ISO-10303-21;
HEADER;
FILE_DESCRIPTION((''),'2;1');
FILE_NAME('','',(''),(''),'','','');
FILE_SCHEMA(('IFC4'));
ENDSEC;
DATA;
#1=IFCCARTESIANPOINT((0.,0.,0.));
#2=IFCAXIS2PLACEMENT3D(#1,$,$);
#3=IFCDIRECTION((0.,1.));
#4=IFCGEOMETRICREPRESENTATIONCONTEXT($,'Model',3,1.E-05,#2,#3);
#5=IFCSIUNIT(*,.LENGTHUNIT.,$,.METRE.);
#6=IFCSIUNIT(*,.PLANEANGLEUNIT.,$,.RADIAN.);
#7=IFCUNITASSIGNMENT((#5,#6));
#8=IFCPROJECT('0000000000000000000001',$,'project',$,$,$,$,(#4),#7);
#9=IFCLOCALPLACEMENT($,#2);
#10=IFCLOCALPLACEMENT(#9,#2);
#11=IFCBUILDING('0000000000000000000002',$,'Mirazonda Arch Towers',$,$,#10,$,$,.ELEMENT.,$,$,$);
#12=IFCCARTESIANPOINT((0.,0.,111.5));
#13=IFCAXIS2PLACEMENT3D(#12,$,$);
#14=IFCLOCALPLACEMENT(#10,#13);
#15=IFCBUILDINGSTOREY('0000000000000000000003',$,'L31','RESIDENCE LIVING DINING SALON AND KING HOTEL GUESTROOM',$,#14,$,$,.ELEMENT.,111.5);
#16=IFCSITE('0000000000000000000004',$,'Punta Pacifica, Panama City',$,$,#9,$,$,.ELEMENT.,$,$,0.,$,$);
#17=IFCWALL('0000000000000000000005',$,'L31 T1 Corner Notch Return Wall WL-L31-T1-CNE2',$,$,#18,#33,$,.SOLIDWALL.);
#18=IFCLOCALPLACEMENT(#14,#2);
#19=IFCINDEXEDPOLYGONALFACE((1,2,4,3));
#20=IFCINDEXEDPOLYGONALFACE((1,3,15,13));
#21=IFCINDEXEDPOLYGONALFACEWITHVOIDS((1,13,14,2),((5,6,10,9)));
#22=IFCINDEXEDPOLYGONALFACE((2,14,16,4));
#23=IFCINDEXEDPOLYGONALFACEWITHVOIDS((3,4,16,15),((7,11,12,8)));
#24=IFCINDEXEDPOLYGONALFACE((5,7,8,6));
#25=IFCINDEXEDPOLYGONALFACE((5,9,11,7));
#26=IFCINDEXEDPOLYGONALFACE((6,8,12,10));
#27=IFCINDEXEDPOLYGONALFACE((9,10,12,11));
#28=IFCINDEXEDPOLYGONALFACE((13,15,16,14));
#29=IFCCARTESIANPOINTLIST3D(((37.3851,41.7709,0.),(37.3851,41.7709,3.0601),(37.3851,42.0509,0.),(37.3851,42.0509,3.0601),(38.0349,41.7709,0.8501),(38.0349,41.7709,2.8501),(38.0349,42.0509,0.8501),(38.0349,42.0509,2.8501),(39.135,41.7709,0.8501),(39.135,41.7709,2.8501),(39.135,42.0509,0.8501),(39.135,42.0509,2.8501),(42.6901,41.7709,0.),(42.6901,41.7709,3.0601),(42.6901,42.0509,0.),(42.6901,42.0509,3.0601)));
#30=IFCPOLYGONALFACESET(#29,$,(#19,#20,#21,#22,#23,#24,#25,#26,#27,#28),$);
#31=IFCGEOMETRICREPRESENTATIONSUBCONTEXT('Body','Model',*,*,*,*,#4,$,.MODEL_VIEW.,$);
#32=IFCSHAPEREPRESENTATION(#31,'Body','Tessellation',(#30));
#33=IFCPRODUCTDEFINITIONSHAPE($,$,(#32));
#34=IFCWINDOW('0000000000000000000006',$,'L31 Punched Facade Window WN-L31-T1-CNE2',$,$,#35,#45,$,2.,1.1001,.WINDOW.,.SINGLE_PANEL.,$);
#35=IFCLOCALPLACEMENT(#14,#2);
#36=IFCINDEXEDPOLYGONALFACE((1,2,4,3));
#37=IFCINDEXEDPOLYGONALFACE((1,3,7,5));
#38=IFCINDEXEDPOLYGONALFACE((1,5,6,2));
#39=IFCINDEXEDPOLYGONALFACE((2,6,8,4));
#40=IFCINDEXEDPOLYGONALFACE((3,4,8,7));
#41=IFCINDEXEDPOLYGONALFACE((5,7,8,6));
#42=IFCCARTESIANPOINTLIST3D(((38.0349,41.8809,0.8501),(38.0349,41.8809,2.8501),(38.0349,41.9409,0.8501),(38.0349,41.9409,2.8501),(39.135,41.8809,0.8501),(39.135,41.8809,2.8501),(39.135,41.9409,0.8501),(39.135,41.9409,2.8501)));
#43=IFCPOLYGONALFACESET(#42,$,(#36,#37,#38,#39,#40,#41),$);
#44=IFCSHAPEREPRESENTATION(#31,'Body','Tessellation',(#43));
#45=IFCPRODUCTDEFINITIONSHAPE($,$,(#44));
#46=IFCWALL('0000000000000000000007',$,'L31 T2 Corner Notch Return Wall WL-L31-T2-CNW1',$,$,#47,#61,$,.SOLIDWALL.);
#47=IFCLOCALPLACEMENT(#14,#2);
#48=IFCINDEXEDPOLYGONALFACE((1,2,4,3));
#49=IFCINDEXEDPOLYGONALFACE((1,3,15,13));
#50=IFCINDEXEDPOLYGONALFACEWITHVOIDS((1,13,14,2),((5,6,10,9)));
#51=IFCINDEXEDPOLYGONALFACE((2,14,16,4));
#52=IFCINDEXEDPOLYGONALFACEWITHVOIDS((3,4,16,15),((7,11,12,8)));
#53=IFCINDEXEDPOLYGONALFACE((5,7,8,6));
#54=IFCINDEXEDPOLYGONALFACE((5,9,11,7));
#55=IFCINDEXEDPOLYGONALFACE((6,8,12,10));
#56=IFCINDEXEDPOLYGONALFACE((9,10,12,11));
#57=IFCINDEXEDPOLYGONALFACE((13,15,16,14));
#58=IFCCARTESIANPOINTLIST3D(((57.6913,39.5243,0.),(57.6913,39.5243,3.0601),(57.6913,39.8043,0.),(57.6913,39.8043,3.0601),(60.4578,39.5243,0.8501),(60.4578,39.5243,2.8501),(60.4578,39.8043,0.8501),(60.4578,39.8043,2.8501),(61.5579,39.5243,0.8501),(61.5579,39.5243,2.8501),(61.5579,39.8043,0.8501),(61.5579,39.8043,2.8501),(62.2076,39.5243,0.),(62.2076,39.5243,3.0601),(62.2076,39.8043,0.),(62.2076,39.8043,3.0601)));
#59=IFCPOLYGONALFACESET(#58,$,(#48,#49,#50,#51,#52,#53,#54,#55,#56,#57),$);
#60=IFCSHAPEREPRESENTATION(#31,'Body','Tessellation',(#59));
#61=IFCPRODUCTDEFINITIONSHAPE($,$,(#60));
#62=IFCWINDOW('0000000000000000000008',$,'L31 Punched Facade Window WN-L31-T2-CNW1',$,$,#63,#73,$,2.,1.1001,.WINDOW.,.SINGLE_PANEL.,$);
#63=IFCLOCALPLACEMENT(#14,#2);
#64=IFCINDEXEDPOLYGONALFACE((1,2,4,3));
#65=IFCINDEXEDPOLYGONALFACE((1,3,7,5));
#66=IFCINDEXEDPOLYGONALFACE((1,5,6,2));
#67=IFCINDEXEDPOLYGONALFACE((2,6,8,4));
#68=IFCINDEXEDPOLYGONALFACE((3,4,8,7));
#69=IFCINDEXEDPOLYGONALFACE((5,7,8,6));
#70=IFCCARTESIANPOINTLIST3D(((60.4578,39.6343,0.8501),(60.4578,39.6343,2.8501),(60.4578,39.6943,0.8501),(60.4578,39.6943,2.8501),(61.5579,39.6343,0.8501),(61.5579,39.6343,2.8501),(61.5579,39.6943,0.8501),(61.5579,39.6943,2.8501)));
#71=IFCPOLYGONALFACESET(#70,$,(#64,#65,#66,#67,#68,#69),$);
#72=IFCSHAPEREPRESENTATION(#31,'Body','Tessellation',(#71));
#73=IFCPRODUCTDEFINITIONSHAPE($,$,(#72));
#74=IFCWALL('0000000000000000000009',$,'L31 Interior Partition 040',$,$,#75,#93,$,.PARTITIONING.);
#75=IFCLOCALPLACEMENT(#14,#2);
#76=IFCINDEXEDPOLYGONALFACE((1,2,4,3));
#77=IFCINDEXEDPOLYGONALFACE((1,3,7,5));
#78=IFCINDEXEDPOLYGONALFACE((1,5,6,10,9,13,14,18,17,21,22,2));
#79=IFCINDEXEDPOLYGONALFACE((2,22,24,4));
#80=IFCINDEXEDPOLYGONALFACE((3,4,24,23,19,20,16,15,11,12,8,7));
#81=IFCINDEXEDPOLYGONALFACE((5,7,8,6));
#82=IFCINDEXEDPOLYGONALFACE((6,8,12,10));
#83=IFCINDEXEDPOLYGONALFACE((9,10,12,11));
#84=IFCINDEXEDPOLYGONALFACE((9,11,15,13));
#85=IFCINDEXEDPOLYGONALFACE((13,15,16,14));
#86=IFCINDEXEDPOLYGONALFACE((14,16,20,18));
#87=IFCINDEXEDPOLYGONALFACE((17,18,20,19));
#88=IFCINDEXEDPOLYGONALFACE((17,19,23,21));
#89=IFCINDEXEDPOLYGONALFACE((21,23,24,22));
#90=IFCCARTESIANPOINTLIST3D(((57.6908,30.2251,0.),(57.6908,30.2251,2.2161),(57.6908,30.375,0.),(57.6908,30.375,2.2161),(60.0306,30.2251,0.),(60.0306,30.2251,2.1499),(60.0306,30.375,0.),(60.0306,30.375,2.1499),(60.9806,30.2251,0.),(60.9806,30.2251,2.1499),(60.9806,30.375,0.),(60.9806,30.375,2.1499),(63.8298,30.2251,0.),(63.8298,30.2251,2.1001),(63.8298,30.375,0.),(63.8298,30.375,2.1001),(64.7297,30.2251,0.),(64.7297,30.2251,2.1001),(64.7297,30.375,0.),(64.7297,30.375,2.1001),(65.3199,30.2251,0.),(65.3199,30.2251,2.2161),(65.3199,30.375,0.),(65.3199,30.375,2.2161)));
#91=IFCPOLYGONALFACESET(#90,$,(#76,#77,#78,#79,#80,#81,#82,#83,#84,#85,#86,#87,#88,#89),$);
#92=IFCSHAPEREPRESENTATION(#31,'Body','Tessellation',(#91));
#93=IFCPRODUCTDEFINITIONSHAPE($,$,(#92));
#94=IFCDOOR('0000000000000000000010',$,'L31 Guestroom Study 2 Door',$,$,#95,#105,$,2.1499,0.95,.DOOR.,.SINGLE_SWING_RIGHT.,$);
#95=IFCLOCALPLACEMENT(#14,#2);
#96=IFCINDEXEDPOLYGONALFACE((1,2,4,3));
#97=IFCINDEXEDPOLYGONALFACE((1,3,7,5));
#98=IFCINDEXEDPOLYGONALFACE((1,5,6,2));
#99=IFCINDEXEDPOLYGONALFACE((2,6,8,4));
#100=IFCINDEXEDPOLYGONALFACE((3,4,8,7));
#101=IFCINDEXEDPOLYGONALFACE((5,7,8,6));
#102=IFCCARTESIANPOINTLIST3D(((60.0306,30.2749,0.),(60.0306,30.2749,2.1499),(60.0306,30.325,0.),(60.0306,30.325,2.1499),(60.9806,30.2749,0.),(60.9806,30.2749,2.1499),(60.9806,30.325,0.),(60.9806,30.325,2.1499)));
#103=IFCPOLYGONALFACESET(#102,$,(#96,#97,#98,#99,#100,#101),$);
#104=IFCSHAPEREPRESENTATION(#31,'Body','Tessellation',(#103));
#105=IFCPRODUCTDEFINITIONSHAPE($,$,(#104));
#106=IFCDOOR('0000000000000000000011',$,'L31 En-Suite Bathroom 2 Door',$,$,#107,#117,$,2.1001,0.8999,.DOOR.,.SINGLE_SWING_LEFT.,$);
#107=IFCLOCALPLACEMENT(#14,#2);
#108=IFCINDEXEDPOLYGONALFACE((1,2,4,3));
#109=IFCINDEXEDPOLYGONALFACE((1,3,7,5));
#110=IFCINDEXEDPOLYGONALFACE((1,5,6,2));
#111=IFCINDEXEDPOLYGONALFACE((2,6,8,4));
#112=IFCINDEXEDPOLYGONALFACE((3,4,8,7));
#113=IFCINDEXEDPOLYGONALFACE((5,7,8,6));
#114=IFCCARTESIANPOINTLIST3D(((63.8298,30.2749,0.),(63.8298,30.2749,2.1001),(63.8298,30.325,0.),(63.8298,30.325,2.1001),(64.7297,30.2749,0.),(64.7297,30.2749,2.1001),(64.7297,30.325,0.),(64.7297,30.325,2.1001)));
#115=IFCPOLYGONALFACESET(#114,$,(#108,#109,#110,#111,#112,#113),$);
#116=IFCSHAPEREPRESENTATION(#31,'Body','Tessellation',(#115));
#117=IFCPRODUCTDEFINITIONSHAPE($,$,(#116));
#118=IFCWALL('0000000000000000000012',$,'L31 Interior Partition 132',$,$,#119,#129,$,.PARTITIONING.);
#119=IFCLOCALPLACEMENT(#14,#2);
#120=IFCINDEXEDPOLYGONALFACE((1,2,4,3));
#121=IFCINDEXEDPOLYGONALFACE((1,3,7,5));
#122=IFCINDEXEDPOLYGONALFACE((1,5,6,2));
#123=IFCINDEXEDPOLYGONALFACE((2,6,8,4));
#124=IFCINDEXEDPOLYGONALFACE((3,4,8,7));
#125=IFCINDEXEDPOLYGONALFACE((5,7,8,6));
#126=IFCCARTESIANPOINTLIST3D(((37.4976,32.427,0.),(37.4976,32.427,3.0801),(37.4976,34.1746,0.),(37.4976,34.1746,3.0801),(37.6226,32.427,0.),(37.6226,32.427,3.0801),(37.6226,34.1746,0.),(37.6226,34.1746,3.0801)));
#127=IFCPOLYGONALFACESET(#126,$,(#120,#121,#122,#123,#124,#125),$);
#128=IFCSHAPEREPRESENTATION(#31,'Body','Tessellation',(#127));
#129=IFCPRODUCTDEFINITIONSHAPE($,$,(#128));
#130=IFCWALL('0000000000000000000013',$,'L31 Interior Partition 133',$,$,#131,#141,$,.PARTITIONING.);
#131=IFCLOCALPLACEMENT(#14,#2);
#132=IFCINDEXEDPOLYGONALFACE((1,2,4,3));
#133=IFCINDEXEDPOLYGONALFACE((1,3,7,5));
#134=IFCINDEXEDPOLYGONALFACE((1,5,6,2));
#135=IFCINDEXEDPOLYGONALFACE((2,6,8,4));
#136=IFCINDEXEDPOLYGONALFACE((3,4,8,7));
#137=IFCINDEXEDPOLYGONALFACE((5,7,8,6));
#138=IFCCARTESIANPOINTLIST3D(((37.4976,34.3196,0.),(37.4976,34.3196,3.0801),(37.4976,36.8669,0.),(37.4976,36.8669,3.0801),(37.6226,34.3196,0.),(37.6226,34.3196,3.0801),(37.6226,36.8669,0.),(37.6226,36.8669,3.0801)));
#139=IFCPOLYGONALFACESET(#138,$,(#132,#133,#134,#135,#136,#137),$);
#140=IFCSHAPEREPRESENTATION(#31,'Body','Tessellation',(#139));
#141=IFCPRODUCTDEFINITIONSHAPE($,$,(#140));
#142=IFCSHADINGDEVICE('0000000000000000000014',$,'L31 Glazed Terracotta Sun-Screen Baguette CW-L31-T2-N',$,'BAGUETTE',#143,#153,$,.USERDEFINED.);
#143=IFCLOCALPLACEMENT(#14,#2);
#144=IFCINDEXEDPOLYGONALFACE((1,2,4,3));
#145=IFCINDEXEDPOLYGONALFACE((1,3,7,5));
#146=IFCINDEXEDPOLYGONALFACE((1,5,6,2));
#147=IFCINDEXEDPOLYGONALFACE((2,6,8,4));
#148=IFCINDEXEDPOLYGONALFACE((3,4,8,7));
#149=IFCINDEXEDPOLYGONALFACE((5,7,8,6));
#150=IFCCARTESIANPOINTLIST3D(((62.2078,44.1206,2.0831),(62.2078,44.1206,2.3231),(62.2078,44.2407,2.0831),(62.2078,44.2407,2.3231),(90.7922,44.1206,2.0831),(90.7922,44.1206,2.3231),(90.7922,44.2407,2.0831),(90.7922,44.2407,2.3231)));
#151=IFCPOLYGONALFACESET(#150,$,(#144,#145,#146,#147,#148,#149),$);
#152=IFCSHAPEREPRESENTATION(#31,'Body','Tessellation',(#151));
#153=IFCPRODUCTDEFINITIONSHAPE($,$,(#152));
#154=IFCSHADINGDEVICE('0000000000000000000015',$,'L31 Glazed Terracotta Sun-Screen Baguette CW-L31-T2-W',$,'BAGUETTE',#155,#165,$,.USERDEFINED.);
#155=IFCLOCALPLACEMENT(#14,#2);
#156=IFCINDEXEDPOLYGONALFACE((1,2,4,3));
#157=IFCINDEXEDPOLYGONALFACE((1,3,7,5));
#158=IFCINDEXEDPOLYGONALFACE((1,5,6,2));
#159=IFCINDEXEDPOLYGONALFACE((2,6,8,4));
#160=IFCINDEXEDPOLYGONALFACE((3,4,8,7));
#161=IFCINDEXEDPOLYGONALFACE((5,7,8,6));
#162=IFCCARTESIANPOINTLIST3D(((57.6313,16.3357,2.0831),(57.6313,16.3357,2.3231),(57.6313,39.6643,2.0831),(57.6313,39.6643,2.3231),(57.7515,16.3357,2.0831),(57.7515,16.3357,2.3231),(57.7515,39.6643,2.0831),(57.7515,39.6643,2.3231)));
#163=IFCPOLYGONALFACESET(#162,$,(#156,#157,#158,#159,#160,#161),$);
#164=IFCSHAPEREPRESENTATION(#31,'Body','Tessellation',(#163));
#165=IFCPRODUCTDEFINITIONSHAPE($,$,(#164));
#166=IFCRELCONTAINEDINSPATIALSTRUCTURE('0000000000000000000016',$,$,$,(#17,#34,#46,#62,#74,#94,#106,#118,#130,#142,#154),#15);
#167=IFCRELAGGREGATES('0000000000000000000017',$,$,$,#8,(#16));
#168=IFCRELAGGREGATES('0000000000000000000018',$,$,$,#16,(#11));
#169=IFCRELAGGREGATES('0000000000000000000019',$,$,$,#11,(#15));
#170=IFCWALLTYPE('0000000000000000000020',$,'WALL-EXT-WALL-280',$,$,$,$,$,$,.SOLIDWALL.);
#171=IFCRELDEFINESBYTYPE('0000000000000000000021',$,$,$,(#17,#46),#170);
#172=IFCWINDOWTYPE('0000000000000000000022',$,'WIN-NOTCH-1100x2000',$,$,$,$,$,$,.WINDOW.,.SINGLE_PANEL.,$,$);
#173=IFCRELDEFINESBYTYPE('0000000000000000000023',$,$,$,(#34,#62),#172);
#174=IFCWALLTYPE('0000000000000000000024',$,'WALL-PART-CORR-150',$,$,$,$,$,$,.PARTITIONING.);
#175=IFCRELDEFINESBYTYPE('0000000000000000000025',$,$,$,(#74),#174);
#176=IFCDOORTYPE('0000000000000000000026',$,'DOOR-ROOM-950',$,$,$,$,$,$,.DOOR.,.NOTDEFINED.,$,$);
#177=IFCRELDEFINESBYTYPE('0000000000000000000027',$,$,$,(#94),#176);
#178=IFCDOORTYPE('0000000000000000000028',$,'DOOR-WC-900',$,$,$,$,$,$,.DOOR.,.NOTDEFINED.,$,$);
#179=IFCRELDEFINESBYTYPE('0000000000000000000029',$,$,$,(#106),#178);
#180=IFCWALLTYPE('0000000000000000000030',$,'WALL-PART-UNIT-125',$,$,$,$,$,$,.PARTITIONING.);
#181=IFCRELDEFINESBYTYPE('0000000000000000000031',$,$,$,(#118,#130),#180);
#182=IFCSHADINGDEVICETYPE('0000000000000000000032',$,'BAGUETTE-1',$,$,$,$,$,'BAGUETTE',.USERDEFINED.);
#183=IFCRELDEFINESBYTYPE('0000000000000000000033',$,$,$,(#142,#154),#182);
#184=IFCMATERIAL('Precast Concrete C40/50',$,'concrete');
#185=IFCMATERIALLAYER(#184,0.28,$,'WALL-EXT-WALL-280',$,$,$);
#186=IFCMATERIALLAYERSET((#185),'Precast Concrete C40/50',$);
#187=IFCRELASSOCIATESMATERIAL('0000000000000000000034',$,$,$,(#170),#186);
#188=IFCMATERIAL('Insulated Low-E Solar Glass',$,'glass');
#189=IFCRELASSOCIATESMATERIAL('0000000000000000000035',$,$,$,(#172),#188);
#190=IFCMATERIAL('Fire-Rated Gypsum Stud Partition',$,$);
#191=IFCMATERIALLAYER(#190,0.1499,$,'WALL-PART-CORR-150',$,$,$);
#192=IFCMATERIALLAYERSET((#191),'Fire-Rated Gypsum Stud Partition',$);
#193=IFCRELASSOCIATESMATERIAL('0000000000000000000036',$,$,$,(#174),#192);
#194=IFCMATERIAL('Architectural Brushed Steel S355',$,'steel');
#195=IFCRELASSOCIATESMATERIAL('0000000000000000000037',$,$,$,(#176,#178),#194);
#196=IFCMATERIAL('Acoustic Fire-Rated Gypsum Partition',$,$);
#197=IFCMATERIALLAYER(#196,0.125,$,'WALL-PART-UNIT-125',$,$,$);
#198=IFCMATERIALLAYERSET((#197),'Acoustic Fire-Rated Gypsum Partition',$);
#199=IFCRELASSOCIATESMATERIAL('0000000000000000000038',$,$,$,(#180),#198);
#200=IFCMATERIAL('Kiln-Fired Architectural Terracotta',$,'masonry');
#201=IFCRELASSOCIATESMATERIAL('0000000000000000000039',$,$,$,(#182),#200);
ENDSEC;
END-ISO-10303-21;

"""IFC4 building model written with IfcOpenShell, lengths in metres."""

from ifc_helpers import new_model, si_unit, direction, frame, frame_2d, origin, origin_2d, place, context, subcontext, project, spatial, rectangle, extrude, material, layer, layer_set, material_profile, profile_set, type_object, element, fill, save


model = new_model("IFC4")

# Units and contexts
model_context = context("Model", 3, precision=1e-05, world=origin(), true_north=direction((0.0, 1.0)))
body_context = subcontext(model_context, "Body", "Model", "MODEL_VIEW")
ifc_project = project(units=[si_unit("LENGTHUNIT", "METRE"), si_unit("PLANEANGLEUNIT", "RADIAN")], contexts=[model_context])

# Site, building, storey
site_placement = place(None, origin())
site = spatial("IfcSite", under=ifc_project, at=site_placement, Name="Punta Pacifica, Panama City", CompositionType="ELEMENT", RefElevation=0.0)
building_placement = place(site_placement, origin())
building = spatial("IfcBuilding", under=site, at=building_placement, Name="Mirazonda Arch Towers", CompositionType="ELEMENT")
storey_placement = place(building_placement, frame((0.0, 0.0, 111.5)))
storey = spatial("IfcBuildingStorey", under=building, at=storey_placement, Name="L31", Description="RESIDENCE LIVING DINING SALON AND KING HOTEL GUESTROOM", CompositionType="ELEMENT", Elevation=111.5)

# Shared definitions
ifc_material_1 = material(Name="Insulated Low-E Solar Glass", Category="glass")

# Walls, openings, windows
ifc_material_2 = material(Name="Precast Concrete C40/50", Category="concrete")
ifc_layer_1 = layer(ifc_material_2, 0.28, Name="WALL-EXT-WALL-280")
ifc_layer_set_1 = layer_set([ifc_layer_1], Name="Precast Concrete C40/50")
wall_type_1 = type_object("IfcWallType", Name="WALL-EXT-WALL-280", PredefinedType="SOLIDWALL", material=ifc_layer_set_1)
window_type = type_object("IfcWindowType", Name="WIN-NOTCH-1100x2000", PartitioningType="SINGLE_PANEL", PredefinedType="WINDOW", material=ifc_material_1)
wall_1_placement = place(storey_placement, frame((42.6899, 41.9109, 0.0), z_axis=(0.0, 0.0, 1.0), x_axis=(-1.0, 0.0, 0.0)))
wall_1 = element("IfcWall", 1, at=wall_1_placement, inside=storey, type_object=wall_type_1, Name="L31 T1 Corner Notch Return Wall WL-L31-T1-CNE2", PredefinedType="SOLIDWALL", context=body_context, shape_type="SweptSolid", body=[
    extrude(rectangle(XDim=5.3049, YDim=0.28, at=frame_2d((2.6523, 0.0))), origin(), (0.0, 0.0, 1.0), 3.0601),
])
opening_1_placement = place(wall_1_placement, frame((3.5549, 0.0, 0.8501)))
opening_1 = element("IfcOpeningElement", 2, at=opening_1_placement, cuts=wall_1, PredefinedType="OPENING", context=body_context, shape_type="SweptSolid", body=[
    extrude(rectangle(XDim=1.1001, YDim=2.0, at=frame_2d((0.55, 1.0))), frame((0.0, 0.1499, 0.0), z_axis=(0.0, -1.0, 0.0), x_axis=(1.0, 0.0, 0.0)), (0.0, 0.0, 1.0), 0.3),
])
window_1_placement = place(opening_1_placement, origin())
window_1 = element("IfcWindow", 3, at=window_1_placement, inside=storey, type_object=window_type, Name="L31 Punched Facade Window WN-L31-T1-CNE2", OverallHeight=2.0, OverallWidth=1.1001, PartitioningType="SINGLE_PANEL", PredefinedType="WINDOW", context=body_context, shape_type="SweptSolid", body=[
    extrude(rectangle(XDim=1.1001, YDim=2.0, at=frame_2d((0.55, 1.0))), frame((0.0, 0.03, 0.0), z_axis=(0.0, -1.0, 0.0), x_axis=(1.0, 0.0, 0.0)), (0.0, 0.0, 1.0), 0.0601),
])
fill(opening_1, window_1)
wall_2_placement = place(storey_placement, frame((62.2078, 39.6643, 0.0), z_axis=(0.0, 0.0, 1.0), x_axis=(-1.0, 0.0, 0.0)))
wall_2 = element("IfcWall", 4, at=wall_2_placement, inside=storey, type_object=wall_type_1, Name="L31 T2 Corner Notch Return Wall WL-L31-T2-CNW1", PredefinedType="SOLIDWALL", context=body_context, shape_type="SweptSolid", body=[
    extrude(rectangle(XDim=4.5164, YDim=0.28, at=frame_2d((2.2583, 0.0))), origin(), (0.0, 0.0, 1.0), 3.0601),
])
opening_2_placement = place(wall_2_placement, frame((0.6499, 0.0, 0.8501)))
opening_2 = element("IfcOpeningElement", 5, at=opening_2_placement, cuts=wall_2, PredefinedType="OPENING", context=body_context, shape_type="SweptSolid", body=[
    extrude(rectangle(XDim=1.1001, YDim=2.0, at=frame_2d((0.55, 1.0))), frame((0.0, 0.1499, 0.0), z_axis=(0.0, -1.0, 0.0), x_axis=(1.0, 0.0, 0.0)), (0.0, 0.0, 1.0), 0.3),
])
window_2_placement = place(opening_2_placement, origin())
window_2 = element("IfcWindow", 6, at=window_2_placement, inside=storey, type_object=window_type, Name="L31 Punched Facade Window WN-L31-T2-CNW1", OverallHeight=2.0, OverallWidth=1.1001, PartitioningType="SINGLE_PANEL", PredefinedType="WINDOW", context=body_context, shape_type="SweptSolid", body=[
    extrude(rectangle(XDim=1.1001, YDim=2.0, at=frame_2d((0.55, 1.0))), frame((0.0, 0.03, 0.0), z_axis=(0.0, -1.0, 0.0), x_axis=(1.0, 0.0, 0.0)), (0.0, 0.0, 1.0), 0.0601),
])
fill(opening_2, window_2)

# Wall, openings, doors
ifc_material_3 = material(Name="Fire-Rated Gypsum Stud Partition")
ifc_layer_2 = layer(ifc_material_3, 0.1499, Name="WALL-PART-CORR-150")
ifc_layer_set_2 = layer_set([ifc_layer_2], Name="Fire-Rated Gypsum Stud Partition")
wall_type_2 = type_object("IfcWallType", Name="WALL-PART-CORR-150", PredefinedType="PARTITIONING", material=ifc_layer_set_2)
wall_3_placement = place(storey_placement, frame((57.6909, 30.3, 0.0), z_axis=(0.0, 0.0, 1.0), x_axis=(1.0, 0.0, 0.0)))
wall_3 = element("IfcWall", 7, at=wall_3_placement, inside=storey, type_object=wall_type_2, Name="L31 Interior Partition 040", PredefinedType="PARTITIONING", context=body_context, shape_type="SweptSolid", body=[
    extrude(rectangle(XDim=7.6292, YDim=0.1499, at=frame_2d((3.8145, 0.0))), origin(), (0.0, 0.0, 1.0), 2.2161),
])
opening_3_placement = place(wall_3_placement, frame((2.3396, 0.0, 0.0)))
opening_3 = element("IfcOpeningElement", 8, at=opening_3_placement, cuts=wall_3, PredefinedType="OPENING", context=body_context, shape_type="SweptSolid", body=[
    extrude(rectangle(XDim=0.95, YDim=2.1499, at=frame_2d((0.4751, 1.075))), frame((0.0, 0.085, 0.0), z_axis=(0.0, -1.0, 0.0), x_axis=(1.0, 0.0, 0.0)), (0.0, 0.0, 1.0), 0.1699),
])
opening_4_placement = place(wall_3_placement, frame((6.1389, 0.0, 0.0)))
opening_4 = element("IfcOpeningElement", 9, at=opening_4_placement, cuts=wall_3, PredefinedType="OPENING", context=body_context, shape_type="SweptSolid", body=[
    extrude(rectangle(XDim=0.8999, YDim=2.1001, at=frame_2d((0.45, 1.05))), frame((0.0, 0.085, 0.0), z_axis=(0.0, -1.0, 0.0), x_axis=(1.0, 0.0, 0.0)), (0.0, 0.0, 1.0), 0.1699),
])
ifc_material_4 = material(Name="Architectural Brushed Steel S355", Category="steel")
door_type_1 = type_object("IfcDoorType", Name="DOOR-ROOM-950", OperationType="NOTDEFINED", PredefinedType="DOOR", material=ifc_material_4)
door_1_placement = place(opening_3_placement, origin())
door_1 = element("IfcDoor", 10, at=door_1_placement, inside=storey, type_object=door_type_1, Name="L31 Guestroom Study 2 Door", OperationType="SINGLE_SWING_RIGHT", OverallHeight=2.1499, OverallWidth=0.95, PredefinedType="DOOR", context=body_context, shape_type="SweptSolid", body=[
    extrude(rectangle(XDim=0.95, YDim=2.1499, at=frame_2d((0.4751, 1.075))), frame((0.0, 0.0249, 0.0), z_axis=(0.0, -1.0, 0.0), x_axis=(1.0, 0.0, 0.0)), (0.0, 0.0, 1.0), 0.05),
])
fill(opening_3, door_1)
door_type_2 = type_object("IfcDoorType", Name="DOOR-WC-900", OperationType="NOTDEFINED", PredefinedType="DOOR", material=ifc_material_4)
door_2_placement = place(opening_4_placement, origin())
door_2 = element("IfcDoor", 11, at=door_2_placement, inside=storey, type_object=door_type_2, Name="L31 En-Suite Bathroom 2 Door", OperationType="SINGLE_SWING_LEFT", OverallHeight=2.1001, OverallWidth=0.8999, PredefinedType="DOOR", context=body_context, shape_type="SweptSolid", body=[
    extrude(rectangle(XDim=0.8999, YDim=2.1001, at=frame_2d((0.45, 1.05))), frame((0.0, 0.0249, 0.0), z_axis=(0.0, -1.0, 0.0), x_axis=(1.0, 0.0, 0.0)), (0.0, 0.0, 1.0), 0.05),
])
fill(opening_4, door_2)

# Walls
ifc_material_5 = material(Name="Acoustic Fire-Rated Gypsum Partition")
ifc_layer_3 = layer(ifc_material_5, 0.125, Name="WALL-PART-UNIT-125")
ifc_layer_set_3 = layer_set([ifc_layer_3], Name="Acoustic Fire-Rated Gypsum Partition")
wall_type_3 = type_object("IfcWallType", Name="WALL-PART-UNIT-125", PredefinedType="PARTITIONING", material=ifc_layer_set_3)
wall_4_placement = place(storey_placement, frame((37.5601, 32.427, 0.0), z_axis=(0.0, 0.0, 1.0), x_axis=(0.0, 1.0, 0.0)))
element("IfcWall", 12, at=wall_4_placement, inside=storey, type_object=wall_type_3, Name="L31 Interior Partition 132", PredefinedType="PARTITIONING", context=body_context, shape_type="SweptSolid", body=[
    extrude(rectangle(XDim=1.7476, YDim=0.125, at=frame_2d((0.8738, 0.0))), origin(), (0.0, 0.0, 1.0), 3.0801),
])
wall_5_placement = place(storey_placement, frame((37.5601, 34.3196, 0.0), z_axis=(0.0, 0.0, 1.0), x_axis=(0.0, 1.0, 0.0)))
element("IfcWall", 13, at=wall_5_placement, inside=storey, type_object=wall_type_3, Name="L31 Interior Partition 133", PredefinedType="PARTITIONING", context=body_context, shape_type="SweptSolid", body=[
    extrude(rectangle(XDim=2.5474, YDim=0.125, at=frame_2d((1.2737, 0.0))), origin(), (0.0, 0.0, 1.0), 3.0801),
])

# Shading devices
ifc_material_6 = material(Name="Kiln-Fired Architectural Terracotta", Category="masonry")
ifc_material_profile_1 = material_profile(ifc_material_6, rectangle(XDim=0.1201, YDim=0.24, at=origin_2d()), Name="TERRA-BAG-120x240")
ifc_profile_set_1 = profile_set([ifc_material_profile_1], Name="Kiln-Fired Architectural Terracotta")
shading_device_type = type_object("IfcShadingDeviceType", Name="BAGUETTE-1", ElementType="BAGUETTE", PredefinedType="USERDEFINED", material=ifc_profile_set_1)
shading_device_1_placement = place(storey_placement, frame((62.2078, 44.1807, 2.2031), z_axis=(1.0, 0.0, 0.0), x_axis=(0.0, 1.0, 0.0)))
element("IfcShadingDevice", 14, at=shading_device_1_placement, inside=storey, type_object=shading_device_type, Name="L31 Glazed Terracotta Sun-Screen Baguette CW-L31-T2-N", ObjectType="BAGUETTE", PredefinedType="USERDEFINED", context=body_context, shape_type="SweptSolid", body=[
    extrude(rectangle(XDim=0.1201, YDim=0.24, at=origin_2d()), origin(), (0.0, 0.0, 1.0), 28.5845),
])
shading_device_2_placement = place(storey_placement, frame((57.6914, 39.6643, 2.2031), z_axis=(0.0, -1.0, 0.0), x_axis=(1.0, 0.0, 0.0)))
element("IfcShadingDevice", 15, at=shading_device_2_placement, inside=storey, type_object=shading_device_type, Name="L31 Glazed Terracotta Sun-Screen Baguette CW-L31-T2-W", ObjectType="BAGUETTE", PredefinedType="USERDEFINED", context=body_context, shape_type="SweptSolid", body=[
    extrude(rectangle(XDim=0.1201, YDim=0.24, at=origin_2d()), origin(), (0.0, 0.0, 1.0), 23.3286),
])

save(model, "model.ifc")
